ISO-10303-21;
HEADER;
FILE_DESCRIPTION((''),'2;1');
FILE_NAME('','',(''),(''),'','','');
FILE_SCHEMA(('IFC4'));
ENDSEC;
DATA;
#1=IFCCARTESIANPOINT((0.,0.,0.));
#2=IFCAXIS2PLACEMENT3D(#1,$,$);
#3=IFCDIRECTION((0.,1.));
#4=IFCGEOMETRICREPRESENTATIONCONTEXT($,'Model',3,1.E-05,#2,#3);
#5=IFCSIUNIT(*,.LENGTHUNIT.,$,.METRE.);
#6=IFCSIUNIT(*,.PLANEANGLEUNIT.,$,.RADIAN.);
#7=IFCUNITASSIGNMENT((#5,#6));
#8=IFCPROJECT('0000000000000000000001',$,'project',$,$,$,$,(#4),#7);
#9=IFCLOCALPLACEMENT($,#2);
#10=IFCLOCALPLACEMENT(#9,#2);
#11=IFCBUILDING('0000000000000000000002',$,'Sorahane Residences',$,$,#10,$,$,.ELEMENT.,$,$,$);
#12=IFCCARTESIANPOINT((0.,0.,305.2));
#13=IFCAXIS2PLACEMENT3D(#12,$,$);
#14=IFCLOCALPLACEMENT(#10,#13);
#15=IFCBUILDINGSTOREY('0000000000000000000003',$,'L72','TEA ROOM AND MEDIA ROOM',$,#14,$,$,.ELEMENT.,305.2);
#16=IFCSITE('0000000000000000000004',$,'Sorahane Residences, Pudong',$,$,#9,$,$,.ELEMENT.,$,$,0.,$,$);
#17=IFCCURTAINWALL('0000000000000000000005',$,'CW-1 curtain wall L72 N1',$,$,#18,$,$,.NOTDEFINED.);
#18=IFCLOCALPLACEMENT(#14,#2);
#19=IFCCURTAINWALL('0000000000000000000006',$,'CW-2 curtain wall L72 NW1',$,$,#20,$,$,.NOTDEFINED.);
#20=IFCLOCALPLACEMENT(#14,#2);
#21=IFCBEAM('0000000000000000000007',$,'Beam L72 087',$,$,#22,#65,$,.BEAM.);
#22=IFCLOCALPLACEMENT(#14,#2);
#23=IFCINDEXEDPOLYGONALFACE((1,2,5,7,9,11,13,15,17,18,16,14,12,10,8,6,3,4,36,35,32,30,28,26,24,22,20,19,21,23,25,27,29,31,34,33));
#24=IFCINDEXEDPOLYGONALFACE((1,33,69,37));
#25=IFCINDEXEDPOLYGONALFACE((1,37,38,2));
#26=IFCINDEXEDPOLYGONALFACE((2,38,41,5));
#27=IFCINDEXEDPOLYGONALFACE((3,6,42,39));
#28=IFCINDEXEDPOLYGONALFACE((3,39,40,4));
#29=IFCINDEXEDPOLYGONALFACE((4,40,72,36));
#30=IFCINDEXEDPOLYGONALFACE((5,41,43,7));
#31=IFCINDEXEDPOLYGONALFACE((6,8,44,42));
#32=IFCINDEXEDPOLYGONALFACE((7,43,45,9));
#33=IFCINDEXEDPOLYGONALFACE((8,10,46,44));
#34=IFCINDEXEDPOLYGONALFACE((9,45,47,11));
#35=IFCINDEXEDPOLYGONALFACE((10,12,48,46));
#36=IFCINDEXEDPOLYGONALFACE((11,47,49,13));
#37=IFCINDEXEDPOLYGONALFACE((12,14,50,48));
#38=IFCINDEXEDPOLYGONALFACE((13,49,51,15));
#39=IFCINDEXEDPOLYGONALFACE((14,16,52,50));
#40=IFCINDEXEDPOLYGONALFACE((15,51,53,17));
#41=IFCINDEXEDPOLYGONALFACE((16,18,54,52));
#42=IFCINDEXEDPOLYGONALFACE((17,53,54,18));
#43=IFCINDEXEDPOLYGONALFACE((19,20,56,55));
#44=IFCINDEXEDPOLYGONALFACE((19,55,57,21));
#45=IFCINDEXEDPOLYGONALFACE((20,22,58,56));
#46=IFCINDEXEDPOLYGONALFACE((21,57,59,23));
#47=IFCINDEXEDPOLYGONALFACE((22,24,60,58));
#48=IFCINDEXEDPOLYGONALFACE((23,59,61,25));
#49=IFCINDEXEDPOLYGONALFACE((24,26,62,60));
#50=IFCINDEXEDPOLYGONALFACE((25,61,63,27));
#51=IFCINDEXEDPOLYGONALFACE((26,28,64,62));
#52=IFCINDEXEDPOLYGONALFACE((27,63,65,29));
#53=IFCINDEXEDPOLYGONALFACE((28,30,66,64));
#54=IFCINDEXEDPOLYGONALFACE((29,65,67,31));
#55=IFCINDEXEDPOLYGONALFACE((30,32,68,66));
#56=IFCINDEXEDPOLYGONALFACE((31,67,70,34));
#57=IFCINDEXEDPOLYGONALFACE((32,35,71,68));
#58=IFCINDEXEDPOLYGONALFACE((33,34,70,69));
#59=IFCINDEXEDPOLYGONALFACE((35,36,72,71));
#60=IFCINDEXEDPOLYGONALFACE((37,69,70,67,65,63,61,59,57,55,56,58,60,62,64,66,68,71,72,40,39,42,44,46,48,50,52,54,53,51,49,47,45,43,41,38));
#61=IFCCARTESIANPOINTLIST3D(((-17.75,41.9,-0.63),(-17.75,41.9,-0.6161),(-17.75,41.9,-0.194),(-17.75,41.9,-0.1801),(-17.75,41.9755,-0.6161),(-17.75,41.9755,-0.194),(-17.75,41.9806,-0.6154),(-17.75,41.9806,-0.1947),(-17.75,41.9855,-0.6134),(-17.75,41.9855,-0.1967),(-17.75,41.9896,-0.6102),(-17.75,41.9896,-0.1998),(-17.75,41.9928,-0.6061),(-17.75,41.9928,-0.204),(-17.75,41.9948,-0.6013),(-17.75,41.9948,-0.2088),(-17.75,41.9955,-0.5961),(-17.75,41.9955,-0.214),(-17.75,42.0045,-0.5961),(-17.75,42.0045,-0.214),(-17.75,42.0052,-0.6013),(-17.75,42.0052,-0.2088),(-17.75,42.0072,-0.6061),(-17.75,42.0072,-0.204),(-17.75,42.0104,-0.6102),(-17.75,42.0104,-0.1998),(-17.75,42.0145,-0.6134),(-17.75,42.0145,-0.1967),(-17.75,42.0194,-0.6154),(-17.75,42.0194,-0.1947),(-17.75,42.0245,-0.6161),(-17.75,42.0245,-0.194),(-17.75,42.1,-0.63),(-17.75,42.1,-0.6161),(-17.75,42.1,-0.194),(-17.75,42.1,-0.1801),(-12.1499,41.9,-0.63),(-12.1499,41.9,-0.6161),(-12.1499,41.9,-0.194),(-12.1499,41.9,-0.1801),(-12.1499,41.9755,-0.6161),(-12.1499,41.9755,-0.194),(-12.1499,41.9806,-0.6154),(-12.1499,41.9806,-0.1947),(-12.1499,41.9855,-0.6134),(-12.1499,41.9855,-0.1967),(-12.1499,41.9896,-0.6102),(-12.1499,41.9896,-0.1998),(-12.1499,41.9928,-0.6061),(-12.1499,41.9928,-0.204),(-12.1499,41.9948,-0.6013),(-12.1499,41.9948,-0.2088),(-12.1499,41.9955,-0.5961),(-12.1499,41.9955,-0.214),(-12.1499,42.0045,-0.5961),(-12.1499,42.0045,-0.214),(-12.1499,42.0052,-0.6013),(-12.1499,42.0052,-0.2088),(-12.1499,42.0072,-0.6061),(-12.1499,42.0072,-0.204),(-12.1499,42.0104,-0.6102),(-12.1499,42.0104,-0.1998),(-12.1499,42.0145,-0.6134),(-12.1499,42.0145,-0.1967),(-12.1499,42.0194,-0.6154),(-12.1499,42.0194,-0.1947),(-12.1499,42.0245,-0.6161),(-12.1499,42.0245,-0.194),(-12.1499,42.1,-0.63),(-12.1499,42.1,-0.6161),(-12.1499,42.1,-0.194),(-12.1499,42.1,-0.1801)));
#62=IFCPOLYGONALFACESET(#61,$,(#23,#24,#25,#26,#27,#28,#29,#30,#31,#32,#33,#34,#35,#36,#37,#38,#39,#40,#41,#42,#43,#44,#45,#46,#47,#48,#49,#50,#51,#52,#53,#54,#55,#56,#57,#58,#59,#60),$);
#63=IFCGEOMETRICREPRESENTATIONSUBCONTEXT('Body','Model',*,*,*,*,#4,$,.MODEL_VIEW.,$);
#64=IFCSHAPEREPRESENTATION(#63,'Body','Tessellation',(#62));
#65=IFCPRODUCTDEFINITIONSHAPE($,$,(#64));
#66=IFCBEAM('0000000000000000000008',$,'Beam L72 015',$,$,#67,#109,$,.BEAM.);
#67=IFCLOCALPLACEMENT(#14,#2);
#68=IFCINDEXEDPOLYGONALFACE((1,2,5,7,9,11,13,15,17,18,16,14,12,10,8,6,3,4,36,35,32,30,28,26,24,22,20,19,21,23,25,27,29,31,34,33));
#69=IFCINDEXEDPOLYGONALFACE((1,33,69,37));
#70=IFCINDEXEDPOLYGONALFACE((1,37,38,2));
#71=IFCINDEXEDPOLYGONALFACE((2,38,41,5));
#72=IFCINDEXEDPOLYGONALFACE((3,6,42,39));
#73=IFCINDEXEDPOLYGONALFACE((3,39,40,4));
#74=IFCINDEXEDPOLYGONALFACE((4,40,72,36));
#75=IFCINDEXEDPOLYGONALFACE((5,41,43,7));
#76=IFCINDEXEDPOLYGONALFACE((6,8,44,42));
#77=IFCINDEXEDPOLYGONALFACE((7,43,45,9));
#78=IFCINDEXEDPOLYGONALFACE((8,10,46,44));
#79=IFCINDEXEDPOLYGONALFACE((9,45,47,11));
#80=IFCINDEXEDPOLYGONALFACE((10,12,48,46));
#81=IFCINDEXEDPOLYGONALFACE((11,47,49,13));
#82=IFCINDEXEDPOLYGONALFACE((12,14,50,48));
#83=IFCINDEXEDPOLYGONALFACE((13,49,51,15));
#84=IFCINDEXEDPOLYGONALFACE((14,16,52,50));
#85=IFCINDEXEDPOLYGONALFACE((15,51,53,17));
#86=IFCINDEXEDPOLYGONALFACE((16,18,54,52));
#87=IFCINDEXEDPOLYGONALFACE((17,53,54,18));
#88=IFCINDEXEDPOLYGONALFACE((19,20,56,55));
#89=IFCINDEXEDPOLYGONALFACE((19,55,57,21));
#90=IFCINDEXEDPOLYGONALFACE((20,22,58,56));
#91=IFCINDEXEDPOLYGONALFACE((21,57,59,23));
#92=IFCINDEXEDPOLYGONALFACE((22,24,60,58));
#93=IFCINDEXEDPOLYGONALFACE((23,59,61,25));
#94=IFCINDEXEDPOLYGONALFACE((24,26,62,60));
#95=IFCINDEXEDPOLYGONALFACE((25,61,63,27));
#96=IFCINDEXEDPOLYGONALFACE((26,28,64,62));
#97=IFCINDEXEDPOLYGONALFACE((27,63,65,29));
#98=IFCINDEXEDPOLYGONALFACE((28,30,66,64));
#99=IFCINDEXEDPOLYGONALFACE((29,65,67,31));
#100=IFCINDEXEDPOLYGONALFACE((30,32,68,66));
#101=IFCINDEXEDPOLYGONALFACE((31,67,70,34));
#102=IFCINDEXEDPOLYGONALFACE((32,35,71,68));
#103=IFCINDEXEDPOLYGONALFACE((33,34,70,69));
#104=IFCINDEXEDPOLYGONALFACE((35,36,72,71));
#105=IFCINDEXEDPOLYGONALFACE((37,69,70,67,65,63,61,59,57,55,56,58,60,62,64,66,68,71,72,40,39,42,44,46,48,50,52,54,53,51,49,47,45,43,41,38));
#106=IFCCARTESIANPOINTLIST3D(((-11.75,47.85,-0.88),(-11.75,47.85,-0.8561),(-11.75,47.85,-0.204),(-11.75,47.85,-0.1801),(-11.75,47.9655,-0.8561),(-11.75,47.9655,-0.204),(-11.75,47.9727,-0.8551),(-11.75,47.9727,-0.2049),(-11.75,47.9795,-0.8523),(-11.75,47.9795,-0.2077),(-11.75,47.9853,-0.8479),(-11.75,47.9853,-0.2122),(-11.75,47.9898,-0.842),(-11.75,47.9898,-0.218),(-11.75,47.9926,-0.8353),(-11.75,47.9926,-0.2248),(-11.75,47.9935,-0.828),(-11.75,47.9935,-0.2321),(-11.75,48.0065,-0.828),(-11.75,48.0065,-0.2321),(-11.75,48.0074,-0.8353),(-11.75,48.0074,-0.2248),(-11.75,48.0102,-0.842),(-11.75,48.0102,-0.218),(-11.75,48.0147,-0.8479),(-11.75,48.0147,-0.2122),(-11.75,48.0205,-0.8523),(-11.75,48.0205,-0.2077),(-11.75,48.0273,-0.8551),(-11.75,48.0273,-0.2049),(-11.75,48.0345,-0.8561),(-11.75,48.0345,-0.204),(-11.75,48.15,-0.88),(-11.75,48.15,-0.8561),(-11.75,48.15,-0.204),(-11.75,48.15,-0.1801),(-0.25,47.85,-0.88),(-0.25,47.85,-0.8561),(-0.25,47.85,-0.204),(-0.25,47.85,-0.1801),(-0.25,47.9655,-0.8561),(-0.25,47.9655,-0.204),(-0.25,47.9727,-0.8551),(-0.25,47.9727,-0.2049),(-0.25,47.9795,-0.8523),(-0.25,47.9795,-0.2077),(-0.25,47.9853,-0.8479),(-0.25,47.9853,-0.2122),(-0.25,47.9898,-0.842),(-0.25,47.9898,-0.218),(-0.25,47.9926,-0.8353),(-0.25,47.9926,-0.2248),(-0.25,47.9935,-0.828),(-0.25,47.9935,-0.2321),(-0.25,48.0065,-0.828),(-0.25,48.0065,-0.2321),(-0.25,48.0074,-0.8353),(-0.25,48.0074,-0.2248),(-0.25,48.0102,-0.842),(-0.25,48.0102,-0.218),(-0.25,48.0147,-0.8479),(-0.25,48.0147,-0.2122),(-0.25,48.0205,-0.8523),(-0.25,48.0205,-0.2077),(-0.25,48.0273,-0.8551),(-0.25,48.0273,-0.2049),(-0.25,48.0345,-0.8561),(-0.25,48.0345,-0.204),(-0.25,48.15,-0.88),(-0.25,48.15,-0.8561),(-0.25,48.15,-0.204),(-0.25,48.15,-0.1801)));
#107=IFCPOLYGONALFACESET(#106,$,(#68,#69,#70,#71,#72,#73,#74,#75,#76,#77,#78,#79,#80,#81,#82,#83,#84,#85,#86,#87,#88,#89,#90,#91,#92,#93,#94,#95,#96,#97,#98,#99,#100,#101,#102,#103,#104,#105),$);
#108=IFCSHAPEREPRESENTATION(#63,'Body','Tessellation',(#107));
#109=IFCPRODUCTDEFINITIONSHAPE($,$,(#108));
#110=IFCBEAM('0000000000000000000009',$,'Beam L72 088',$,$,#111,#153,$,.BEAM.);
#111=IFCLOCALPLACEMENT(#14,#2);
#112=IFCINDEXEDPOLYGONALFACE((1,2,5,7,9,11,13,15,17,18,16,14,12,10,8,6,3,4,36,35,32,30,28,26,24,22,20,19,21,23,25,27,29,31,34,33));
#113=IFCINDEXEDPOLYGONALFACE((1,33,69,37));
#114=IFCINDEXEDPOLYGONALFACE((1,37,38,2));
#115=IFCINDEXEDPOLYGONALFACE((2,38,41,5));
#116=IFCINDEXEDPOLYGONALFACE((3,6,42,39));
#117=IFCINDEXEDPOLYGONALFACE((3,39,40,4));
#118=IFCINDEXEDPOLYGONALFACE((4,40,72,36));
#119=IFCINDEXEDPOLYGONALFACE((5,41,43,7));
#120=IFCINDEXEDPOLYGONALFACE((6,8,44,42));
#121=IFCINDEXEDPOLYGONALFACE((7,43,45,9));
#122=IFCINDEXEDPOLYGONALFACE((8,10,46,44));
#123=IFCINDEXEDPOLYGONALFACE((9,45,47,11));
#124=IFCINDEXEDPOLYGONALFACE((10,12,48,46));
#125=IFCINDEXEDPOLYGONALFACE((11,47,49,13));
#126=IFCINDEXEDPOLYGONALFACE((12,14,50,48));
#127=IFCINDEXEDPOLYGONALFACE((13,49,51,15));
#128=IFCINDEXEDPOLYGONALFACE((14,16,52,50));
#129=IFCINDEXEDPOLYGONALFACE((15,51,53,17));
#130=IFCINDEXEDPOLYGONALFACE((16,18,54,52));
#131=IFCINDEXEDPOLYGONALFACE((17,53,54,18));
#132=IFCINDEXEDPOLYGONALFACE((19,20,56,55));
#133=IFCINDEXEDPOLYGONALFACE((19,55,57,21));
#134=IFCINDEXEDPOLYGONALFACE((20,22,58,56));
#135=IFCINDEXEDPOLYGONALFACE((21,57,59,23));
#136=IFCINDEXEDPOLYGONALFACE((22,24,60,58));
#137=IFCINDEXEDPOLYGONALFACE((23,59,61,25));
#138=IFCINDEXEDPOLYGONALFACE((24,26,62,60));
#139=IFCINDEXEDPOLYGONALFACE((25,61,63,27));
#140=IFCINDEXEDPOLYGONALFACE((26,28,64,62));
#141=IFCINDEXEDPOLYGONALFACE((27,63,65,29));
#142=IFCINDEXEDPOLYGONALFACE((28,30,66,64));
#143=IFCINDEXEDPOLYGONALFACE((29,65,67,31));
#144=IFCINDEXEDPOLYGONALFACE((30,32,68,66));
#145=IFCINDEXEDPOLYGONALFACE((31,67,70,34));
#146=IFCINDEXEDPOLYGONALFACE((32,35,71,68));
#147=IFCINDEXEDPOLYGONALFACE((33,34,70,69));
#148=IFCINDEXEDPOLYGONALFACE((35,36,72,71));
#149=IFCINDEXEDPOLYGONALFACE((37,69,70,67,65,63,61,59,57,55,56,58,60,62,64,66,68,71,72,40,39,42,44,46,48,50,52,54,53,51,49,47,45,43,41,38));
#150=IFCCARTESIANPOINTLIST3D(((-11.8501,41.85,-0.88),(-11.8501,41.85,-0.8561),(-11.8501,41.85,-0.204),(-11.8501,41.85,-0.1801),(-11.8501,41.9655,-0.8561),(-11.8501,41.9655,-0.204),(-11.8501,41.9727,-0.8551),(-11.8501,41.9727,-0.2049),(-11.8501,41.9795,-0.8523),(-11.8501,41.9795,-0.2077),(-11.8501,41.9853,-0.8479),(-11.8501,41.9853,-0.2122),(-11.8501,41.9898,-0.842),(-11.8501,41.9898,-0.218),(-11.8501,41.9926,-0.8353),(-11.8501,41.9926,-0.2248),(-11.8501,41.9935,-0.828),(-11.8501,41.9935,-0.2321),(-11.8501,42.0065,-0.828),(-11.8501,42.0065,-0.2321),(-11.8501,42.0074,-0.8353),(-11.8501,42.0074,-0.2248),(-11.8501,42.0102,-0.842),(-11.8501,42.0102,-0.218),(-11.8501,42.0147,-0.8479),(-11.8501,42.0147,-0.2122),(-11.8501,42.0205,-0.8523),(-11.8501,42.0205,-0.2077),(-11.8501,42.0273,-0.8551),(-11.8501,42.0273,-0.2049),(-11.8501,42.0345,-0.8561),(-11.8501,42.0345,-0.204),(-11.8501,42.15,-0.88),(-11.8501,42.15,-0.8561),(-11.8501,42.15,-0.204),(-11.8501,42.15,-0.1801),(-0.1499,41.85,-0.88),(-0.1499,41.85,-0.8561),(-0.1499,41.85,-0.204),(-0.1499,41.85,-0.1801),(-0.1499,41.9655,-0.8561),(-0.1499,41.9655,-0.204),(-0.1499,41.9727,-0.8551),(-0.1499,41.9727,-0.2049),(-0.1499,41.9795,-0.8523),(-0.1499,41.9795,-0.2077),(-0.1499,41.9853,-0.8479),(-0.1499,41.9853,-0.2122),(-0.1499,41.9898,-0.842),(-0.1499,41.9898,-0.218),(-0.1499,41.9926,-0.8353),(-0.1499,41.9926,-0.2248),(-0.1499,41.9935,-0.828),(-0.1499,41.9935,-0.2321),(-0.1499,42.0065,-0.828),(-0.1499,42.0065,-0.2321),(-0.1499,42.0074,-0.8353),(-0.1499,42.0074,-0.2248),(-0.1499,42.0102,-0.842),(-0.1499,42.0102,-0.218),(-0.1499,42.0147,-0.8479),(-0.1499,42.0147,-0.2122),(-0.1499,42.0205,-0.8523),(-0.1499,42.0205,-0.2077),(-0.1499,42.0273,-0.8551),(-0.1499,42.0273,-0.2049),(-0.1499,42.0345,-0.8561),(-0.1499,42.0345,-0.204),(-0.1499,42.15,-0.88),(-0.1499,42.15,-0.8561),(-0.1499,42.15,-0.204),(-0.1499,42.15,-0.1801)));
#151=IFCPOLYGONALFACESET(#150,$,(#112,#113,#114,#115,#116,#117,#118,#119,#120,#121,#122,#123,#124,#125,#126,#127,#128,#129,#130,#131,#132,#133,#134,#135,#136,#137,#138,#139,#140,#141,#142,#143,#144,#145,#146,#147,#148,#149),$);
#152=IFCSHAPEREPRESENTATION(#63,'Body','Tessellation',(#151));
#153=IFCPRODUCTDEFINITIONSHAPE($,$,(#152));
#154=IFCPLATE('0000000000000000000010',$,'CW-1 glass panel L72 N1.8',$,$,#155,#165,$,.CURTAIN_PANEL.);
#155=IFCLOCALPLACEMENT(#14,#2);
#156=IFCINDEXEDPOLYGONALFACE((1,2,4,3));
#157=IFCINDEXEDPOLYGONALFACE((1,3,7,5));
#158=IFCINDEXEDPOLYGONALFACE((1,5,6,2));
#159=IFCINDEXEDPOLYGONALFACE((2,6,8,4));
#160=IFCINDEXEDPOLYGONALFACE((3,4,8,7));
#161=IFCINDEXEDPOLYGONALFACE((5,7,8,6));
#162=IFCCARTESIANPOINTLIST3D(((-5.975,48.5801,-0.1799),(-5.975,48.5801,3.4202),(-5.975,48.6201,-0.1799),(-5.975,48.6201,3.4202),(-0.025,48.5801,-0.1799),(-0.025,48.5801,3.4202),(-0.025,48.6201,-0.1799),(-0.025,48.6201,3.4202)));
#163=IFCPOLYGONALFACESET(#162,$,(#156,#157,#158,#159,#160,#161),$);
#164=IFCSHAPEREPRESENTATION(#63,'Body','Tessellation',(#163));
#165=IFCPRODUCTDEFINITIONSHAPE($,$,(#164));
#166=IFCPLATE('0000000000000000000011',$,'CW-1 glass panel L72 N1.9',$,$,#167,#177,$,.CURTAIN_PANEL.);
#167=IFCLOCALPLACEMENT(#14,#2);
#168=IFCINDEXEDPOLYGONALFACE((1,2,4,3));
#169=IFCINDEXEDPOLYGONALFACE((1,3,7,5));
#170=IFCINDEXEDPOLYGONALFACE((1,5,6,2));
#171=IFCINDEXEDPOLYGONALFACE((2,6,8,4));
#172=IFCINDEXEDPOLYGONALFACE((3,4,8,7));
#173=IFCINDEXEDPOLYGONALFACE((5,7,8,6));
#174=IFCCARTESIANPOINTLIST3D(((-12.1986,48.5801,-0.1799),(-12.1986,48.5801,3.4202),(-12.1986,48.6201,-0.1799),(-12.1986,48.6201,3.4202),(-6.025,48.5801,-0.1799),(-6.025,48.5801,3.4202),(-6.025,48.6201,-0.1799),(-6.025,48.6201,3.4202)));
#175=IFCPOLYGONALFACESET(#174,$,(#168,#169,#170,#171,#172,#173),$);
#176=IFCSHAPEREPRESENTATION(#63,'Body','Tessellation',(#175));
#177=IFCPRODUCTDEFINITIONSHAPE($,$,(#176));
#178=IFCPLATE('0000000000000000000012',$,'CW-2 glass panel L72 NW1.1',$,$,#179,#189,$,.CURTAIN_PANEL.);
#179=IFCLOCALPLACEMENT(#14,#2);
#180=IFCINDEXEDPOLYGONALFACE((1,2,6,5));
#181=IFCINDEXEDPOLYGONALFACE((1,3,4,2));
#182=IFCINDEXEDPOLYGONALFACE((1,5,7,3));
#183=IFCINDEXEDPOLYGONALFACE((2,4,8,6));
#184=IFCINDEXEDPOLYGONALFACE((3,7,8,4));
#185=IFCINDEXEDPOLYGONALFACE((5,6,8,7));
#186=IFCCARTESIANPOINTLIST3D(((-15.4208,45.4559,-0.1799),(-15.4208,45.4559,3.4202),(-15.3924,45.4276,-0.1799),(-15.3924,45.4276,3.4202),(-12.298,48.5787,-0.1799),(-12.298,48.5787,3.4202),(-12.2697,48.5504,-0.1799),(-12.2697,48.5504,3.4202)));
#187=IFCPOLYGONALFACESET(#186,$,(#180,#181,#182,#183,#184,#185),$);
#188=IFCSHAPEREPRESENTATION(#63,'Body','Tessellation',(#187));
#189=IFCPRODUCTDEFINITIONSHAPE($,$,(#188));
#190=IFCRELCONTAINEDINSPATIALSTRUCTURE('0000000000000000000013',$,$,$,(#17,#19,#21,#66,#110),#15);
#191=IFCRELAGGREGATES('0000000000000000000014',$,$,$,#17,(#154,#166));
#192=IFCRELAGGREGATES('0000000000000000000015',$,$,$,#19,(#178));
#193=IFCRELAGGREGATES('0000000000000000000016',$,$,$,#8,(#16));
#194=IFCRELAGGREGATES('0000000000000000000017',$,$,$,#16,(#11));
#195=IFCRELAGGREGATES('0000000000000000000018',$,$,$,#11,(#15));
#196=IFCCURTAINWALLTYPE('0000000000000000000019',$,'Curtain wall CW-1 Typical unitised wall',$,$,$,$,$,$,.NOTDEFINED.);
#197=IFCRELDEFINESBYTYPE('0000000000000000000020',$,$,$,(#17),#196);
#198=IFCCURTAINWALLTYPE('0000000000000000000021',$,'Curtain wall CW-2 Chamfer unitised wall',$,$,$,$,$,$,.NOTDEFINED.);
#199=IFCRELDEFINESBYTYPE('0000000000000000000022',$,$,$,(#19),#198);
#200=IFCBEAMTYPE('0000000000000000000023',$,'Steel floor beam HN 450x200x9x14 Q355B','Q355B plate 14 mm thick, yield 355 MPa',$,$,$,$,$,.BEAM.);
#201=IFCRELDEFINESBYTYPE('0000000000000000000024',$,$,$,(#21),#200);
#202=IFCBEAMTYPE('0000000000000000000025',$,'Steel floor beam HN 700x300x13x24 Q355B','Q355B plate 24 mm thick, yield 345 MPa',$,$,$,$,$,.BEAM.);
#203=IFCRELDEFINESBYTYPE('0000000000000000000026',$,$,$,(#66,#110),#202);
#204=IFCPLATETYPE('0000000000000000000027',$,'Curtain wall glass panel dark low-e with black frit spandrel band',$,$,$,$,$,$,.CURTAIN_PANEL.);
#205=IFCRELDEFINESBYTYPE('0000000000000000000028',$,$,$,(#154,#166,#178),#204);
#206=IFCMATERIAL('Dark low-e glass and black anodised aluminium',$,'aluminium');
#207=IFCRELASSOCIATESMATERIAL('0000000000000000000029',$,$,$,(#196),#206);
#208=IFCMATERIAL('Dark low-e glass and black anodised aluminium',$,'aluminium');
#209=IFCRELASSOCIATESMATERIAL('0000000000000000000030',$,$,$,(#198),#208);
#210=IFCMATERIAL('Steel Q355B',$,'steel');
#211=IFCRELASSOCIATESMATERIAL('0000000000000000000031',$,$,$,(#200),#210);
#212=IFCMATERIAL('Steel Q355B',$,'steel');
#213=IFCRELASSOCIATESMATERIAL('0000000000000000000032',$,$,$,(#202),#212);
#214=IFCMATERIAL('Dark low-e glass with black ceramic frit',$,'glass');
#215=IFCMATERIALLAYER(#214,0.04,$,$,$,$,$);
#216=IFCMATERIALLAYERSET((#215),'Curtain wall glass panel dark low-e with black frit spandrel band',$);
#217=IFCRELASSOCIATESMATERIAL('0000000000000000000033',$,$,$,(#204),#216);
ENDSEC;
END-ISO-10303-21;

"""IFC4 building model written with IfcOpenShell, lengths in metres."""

from ifc_helpers import new_model, si_unit, direction, frame, origin, origin_2d, place, context, subcontext, project, spatial, rectangle, i_section, extrude, material, layer, layer_set, material_profile, profile_set, type_object, element, aggregate, save


model = new_model("IFC4")

# Units and contexts
model_context = context("Model", 3, precision=1e-05, world=origin(), true_north=direction((0.0, 1.0)))
body_context = subcontext(model_context, "Body", "Model", "MODEL_VIEW")
ifc_project = project(units=[si_unit("LENGTHUNIT", "METRE"), si_unit("PLANEANGLEUNIT", "RADIAN")], contexts=[model_context])

# Site, building, storey
site_placement = place(None, origin())
site = spatial("IfcSite", under=ifc_project, at=site_placement, Name="Sorahane Residences, Pudong", CompositionType="ELEMENT", RefElevation=0.0)
building_placement = place(site_placement, origin())
building = spatial("IfcBuilding", under=site, at=building_placement, Name="Sorahane Residences", CompositionType="ELEMENT")
storey_placement = place(building_placement, frame((0.0, 0.0, 305.2)))
storey = spatial("IfcBuildingStorey", under=building, at=storey_placement, Name="L72", Description="TEA ROOM AND MEDIA ROOM", CompositionType="ELEMENT", Elevation=305.2)

# Curtain walls
ifc_material_1 = material(Name="Dark low-e glass and black anodised aluminium", Category="aluminium")
curtain_wall_type_1 = type_object("IfcCurtainWallType", Name="Curtain wall CW-1 Typical unitised wall", PredefinedType="NOTDEFINED", material=ifc_material_1)
curtain_wall_1_placement = place(storey_placement, origin())
curtain_wall_1 = element("IfcCurtainWall", 1, at=curtain_wall_1_placement, inside=storey, type_object=curtain_wall_type_1, Name="CW-1 curtain wall L72 N1", PredefinedType="NOTDEFINED")
ifc_material_2 = material(Name="Dark low-e glass and black anodised aluminium", Category="aluminium")
curtain_wall_type_2 = type_object("IfcCurtainWallType", Name="Curtain wall CW-2 Chamfer unitised wall", PredefinedType="NOTDEFINED", material=ifc_material_2)
curtain_wall_2_placement = place(storey_placement, origin())
curtain_wall_2 = element("IfcCurtainWall", 2, at=curtain_wall_2_placement, inside=storey, type_object=curtain_wall_type_2, Name="CW-2 curtain wall L72 NW1", PredefinedType="NOTDEFINED")

# Beams
ifc_material_3 = material(Name="Steel Q355B", Category="steel")
ifc_material_profile_1 = material_profile(ifc_material_3, i_section(OverallWidth=0.2, OverallDepth=0.45, WebThickness=0.009, FlangeThickness=0.0139, FilletRadius=0.02, at=origin_2d()), Name="HN 450x200x9x14")
ifc_profile_set_1 = profile_set([ifc_material_profile_1], Name="Steel Q355B")
beam_type_1 = type_object("IfcBeamType", Name="Steel floor beam HN 450x200x9x14 Q355B", Description="Q355B plate 14 mm thick, yield 355 MPa", PredefinedType="BEAM", material=ifc_profile_set_1)
beam_1_placement = place(storey_placement, frame((-17.75, 42.0, -0.405), z_axis=(1.0, 0.0, 0.0), x_axis=(0.0, 1.0, 0.0)))
element("IfcBeam", 3, at=beam_1_placement, inside=storey, type_object=beam_type_1, Name="Beam L72 087", PredefinedType="BEAM", context=body_context, shape_type="SweptSolid", body=[
    extrude(i_section(OverallWidth=0.2, OverallDepth=0.45, WebThickness=0.009, FlangeThickness=0.0139, FilletRadius=0.02, at=origin_2d()), origin(), (0.0, 0.0, 1.0), 5.6001),
])
ifc_material_4 = material(Name="Steel Q355B", Category="steel")
ifc_material_profile_2 = material_profile(ifc_material_4, i_section(OverallWidth=0.3, OverallDepth=0.7, WebThickness=0.0129, FlangeThickness=0.0239, FilletRadius=0.0281, at=origin_2d()), Name="HN 700x300x13x24")
ifc_profile_set_2 = profile_set([ifc_material_profile_2], Name="Steel Q355B")
beam_type_2 = type_object("IfcBeamType", Name="Steel floor beam HN 700x300x13x24 Q355B", Description="Q355B plate 24 mm thick, yield 345 MPa", PredefinedType="BEAM", material=ifc_profile_set_2)
beam_2_placement = place(storey_placement, frame((-11.75, 48.0, -0.53), z_axis=(1.0, 0.0, 0.0), x_axis=(0.0, 1.0, 0.0)))
element("IfcBeam", 4, at=beam_2_placement, inside=storey, type_object=beam_type_2, Name="Beam L72 015", PredefinedType="BEAM", context=body_context, shape_type="SweptSolid", body=[
    extrude(i_section(OverallWidth=0.3, OverallDepth=0.7, WebThickness=0.0129, FlangeThickness=0.0239, FilletRadius=0.0281, at=origin_2d()), origin(), (0.0, 0.0, 1.0), 11.5),
])
beam_3_placement = place(storey_placement, frame((-11.8501, 42.0, -0.53), z_axis=(1.0, 0.0, 0.0), x_axis=(0.0, 1.0, 0.0)))
element("IfcBeam", 5, at=beam_3_placement, inside=storey, type_object=beam_type_2, Name="Beam L72 088", PredefinedType="BEAM", context=body_context, shape_type="SweptSolid", body=[
    extrude(i_section(OverallWidth=0.3, OverallDepth=0.7, WebThickness=0.0129, FlangeThickness=0.0239, FilletRadius=0.0281, at=origin_2d()), origin(), (0.0, 0.0, 1.0), 11.7002),
])

# Plates
ifc_material_5 = material(Name="Dark low-e glass with black ceramic frit", Category="glass")
ifc_layer_1 = layer(ifc_material_5, 0.04)
ifc_layer_set_1 = layer_set([ifc_layer_1], Name="Curtain wall glass panel dark low-e with black frit spandrel band")
plate_type = type_object("IfcPlateType", Name="Curtain wall glass panel dark low-e with black frit spandrel band", PredefinedType="CURTAIN_PANEL", material=ifc_layer_set_1)
plate_1_placement = place(storey_placement, frame((-3.0, 48.6001, -0.1799), z_axis=(0.0, 0.0, 1.0), x_axis=(-1.0, 0.0, 0.0)))
plate_1 = element("IfcPlate", 6, at=plate_1_placement, type_object=plate_type, Name="CW-1 glass panel L72 N1.8", PredefinedType="CURTAIN_PANEL", context=body_context, shape_type="SweptSolid", body=[
    extrude(rectangle(XDim=5.95, YDim=0.04, at=origin_2d()), origin(), (0.0, 0.0, 1.0), 3.6001),
])
plate_2_placement = place(storey_placement, frame((-9.1118, 48.6001, -0.1799), z_axis=(0.0, 0.0, 1.0), x_axis=(-1.0, 0.0, 0.0)))
plate_2 = element("IfcPlate", 7, at=plate_2_placement, type_object=plate_type, Name="CW-1 glass panel L72 N1.9", PredefinedType="CURTAIN_PANEL", context=body_context, shape_type="SweptSolid", body=[
    extrude(rectangle(XDim=6.1736, YDim=0.04, at=origin_2d()), origin(), (0.0, 0.0, 1.0), 3.6001),
])
aggregate(curtain_wall_1, [plate_1, plate_2])
plate_3_placement = place(storey_placement, frame((-13.8452, 47.0032, -0.1799), z_axis=(0.0, 0.0, 1.0), x_axis=(-0.707107, -0.707107, 0.0)))
plate_3 = element("IfcPlate", 8, at=plate_3_placement, type_object=plate_type, Name="CW-2 glass panel L72 NW1.1", PredefinedType="CURTAIN_PANEL", context=body_context, shape_type="SweptSolid", body=[
    extrude(rectangle(XDim=4.4163, YDim=0.04, at=origin_2d()), origin(), (0.0, 0.0, 1.0), 3.6001),
])
aggregate(curtain_wall_2, [plate_3])

save(model, "model.ifc")
